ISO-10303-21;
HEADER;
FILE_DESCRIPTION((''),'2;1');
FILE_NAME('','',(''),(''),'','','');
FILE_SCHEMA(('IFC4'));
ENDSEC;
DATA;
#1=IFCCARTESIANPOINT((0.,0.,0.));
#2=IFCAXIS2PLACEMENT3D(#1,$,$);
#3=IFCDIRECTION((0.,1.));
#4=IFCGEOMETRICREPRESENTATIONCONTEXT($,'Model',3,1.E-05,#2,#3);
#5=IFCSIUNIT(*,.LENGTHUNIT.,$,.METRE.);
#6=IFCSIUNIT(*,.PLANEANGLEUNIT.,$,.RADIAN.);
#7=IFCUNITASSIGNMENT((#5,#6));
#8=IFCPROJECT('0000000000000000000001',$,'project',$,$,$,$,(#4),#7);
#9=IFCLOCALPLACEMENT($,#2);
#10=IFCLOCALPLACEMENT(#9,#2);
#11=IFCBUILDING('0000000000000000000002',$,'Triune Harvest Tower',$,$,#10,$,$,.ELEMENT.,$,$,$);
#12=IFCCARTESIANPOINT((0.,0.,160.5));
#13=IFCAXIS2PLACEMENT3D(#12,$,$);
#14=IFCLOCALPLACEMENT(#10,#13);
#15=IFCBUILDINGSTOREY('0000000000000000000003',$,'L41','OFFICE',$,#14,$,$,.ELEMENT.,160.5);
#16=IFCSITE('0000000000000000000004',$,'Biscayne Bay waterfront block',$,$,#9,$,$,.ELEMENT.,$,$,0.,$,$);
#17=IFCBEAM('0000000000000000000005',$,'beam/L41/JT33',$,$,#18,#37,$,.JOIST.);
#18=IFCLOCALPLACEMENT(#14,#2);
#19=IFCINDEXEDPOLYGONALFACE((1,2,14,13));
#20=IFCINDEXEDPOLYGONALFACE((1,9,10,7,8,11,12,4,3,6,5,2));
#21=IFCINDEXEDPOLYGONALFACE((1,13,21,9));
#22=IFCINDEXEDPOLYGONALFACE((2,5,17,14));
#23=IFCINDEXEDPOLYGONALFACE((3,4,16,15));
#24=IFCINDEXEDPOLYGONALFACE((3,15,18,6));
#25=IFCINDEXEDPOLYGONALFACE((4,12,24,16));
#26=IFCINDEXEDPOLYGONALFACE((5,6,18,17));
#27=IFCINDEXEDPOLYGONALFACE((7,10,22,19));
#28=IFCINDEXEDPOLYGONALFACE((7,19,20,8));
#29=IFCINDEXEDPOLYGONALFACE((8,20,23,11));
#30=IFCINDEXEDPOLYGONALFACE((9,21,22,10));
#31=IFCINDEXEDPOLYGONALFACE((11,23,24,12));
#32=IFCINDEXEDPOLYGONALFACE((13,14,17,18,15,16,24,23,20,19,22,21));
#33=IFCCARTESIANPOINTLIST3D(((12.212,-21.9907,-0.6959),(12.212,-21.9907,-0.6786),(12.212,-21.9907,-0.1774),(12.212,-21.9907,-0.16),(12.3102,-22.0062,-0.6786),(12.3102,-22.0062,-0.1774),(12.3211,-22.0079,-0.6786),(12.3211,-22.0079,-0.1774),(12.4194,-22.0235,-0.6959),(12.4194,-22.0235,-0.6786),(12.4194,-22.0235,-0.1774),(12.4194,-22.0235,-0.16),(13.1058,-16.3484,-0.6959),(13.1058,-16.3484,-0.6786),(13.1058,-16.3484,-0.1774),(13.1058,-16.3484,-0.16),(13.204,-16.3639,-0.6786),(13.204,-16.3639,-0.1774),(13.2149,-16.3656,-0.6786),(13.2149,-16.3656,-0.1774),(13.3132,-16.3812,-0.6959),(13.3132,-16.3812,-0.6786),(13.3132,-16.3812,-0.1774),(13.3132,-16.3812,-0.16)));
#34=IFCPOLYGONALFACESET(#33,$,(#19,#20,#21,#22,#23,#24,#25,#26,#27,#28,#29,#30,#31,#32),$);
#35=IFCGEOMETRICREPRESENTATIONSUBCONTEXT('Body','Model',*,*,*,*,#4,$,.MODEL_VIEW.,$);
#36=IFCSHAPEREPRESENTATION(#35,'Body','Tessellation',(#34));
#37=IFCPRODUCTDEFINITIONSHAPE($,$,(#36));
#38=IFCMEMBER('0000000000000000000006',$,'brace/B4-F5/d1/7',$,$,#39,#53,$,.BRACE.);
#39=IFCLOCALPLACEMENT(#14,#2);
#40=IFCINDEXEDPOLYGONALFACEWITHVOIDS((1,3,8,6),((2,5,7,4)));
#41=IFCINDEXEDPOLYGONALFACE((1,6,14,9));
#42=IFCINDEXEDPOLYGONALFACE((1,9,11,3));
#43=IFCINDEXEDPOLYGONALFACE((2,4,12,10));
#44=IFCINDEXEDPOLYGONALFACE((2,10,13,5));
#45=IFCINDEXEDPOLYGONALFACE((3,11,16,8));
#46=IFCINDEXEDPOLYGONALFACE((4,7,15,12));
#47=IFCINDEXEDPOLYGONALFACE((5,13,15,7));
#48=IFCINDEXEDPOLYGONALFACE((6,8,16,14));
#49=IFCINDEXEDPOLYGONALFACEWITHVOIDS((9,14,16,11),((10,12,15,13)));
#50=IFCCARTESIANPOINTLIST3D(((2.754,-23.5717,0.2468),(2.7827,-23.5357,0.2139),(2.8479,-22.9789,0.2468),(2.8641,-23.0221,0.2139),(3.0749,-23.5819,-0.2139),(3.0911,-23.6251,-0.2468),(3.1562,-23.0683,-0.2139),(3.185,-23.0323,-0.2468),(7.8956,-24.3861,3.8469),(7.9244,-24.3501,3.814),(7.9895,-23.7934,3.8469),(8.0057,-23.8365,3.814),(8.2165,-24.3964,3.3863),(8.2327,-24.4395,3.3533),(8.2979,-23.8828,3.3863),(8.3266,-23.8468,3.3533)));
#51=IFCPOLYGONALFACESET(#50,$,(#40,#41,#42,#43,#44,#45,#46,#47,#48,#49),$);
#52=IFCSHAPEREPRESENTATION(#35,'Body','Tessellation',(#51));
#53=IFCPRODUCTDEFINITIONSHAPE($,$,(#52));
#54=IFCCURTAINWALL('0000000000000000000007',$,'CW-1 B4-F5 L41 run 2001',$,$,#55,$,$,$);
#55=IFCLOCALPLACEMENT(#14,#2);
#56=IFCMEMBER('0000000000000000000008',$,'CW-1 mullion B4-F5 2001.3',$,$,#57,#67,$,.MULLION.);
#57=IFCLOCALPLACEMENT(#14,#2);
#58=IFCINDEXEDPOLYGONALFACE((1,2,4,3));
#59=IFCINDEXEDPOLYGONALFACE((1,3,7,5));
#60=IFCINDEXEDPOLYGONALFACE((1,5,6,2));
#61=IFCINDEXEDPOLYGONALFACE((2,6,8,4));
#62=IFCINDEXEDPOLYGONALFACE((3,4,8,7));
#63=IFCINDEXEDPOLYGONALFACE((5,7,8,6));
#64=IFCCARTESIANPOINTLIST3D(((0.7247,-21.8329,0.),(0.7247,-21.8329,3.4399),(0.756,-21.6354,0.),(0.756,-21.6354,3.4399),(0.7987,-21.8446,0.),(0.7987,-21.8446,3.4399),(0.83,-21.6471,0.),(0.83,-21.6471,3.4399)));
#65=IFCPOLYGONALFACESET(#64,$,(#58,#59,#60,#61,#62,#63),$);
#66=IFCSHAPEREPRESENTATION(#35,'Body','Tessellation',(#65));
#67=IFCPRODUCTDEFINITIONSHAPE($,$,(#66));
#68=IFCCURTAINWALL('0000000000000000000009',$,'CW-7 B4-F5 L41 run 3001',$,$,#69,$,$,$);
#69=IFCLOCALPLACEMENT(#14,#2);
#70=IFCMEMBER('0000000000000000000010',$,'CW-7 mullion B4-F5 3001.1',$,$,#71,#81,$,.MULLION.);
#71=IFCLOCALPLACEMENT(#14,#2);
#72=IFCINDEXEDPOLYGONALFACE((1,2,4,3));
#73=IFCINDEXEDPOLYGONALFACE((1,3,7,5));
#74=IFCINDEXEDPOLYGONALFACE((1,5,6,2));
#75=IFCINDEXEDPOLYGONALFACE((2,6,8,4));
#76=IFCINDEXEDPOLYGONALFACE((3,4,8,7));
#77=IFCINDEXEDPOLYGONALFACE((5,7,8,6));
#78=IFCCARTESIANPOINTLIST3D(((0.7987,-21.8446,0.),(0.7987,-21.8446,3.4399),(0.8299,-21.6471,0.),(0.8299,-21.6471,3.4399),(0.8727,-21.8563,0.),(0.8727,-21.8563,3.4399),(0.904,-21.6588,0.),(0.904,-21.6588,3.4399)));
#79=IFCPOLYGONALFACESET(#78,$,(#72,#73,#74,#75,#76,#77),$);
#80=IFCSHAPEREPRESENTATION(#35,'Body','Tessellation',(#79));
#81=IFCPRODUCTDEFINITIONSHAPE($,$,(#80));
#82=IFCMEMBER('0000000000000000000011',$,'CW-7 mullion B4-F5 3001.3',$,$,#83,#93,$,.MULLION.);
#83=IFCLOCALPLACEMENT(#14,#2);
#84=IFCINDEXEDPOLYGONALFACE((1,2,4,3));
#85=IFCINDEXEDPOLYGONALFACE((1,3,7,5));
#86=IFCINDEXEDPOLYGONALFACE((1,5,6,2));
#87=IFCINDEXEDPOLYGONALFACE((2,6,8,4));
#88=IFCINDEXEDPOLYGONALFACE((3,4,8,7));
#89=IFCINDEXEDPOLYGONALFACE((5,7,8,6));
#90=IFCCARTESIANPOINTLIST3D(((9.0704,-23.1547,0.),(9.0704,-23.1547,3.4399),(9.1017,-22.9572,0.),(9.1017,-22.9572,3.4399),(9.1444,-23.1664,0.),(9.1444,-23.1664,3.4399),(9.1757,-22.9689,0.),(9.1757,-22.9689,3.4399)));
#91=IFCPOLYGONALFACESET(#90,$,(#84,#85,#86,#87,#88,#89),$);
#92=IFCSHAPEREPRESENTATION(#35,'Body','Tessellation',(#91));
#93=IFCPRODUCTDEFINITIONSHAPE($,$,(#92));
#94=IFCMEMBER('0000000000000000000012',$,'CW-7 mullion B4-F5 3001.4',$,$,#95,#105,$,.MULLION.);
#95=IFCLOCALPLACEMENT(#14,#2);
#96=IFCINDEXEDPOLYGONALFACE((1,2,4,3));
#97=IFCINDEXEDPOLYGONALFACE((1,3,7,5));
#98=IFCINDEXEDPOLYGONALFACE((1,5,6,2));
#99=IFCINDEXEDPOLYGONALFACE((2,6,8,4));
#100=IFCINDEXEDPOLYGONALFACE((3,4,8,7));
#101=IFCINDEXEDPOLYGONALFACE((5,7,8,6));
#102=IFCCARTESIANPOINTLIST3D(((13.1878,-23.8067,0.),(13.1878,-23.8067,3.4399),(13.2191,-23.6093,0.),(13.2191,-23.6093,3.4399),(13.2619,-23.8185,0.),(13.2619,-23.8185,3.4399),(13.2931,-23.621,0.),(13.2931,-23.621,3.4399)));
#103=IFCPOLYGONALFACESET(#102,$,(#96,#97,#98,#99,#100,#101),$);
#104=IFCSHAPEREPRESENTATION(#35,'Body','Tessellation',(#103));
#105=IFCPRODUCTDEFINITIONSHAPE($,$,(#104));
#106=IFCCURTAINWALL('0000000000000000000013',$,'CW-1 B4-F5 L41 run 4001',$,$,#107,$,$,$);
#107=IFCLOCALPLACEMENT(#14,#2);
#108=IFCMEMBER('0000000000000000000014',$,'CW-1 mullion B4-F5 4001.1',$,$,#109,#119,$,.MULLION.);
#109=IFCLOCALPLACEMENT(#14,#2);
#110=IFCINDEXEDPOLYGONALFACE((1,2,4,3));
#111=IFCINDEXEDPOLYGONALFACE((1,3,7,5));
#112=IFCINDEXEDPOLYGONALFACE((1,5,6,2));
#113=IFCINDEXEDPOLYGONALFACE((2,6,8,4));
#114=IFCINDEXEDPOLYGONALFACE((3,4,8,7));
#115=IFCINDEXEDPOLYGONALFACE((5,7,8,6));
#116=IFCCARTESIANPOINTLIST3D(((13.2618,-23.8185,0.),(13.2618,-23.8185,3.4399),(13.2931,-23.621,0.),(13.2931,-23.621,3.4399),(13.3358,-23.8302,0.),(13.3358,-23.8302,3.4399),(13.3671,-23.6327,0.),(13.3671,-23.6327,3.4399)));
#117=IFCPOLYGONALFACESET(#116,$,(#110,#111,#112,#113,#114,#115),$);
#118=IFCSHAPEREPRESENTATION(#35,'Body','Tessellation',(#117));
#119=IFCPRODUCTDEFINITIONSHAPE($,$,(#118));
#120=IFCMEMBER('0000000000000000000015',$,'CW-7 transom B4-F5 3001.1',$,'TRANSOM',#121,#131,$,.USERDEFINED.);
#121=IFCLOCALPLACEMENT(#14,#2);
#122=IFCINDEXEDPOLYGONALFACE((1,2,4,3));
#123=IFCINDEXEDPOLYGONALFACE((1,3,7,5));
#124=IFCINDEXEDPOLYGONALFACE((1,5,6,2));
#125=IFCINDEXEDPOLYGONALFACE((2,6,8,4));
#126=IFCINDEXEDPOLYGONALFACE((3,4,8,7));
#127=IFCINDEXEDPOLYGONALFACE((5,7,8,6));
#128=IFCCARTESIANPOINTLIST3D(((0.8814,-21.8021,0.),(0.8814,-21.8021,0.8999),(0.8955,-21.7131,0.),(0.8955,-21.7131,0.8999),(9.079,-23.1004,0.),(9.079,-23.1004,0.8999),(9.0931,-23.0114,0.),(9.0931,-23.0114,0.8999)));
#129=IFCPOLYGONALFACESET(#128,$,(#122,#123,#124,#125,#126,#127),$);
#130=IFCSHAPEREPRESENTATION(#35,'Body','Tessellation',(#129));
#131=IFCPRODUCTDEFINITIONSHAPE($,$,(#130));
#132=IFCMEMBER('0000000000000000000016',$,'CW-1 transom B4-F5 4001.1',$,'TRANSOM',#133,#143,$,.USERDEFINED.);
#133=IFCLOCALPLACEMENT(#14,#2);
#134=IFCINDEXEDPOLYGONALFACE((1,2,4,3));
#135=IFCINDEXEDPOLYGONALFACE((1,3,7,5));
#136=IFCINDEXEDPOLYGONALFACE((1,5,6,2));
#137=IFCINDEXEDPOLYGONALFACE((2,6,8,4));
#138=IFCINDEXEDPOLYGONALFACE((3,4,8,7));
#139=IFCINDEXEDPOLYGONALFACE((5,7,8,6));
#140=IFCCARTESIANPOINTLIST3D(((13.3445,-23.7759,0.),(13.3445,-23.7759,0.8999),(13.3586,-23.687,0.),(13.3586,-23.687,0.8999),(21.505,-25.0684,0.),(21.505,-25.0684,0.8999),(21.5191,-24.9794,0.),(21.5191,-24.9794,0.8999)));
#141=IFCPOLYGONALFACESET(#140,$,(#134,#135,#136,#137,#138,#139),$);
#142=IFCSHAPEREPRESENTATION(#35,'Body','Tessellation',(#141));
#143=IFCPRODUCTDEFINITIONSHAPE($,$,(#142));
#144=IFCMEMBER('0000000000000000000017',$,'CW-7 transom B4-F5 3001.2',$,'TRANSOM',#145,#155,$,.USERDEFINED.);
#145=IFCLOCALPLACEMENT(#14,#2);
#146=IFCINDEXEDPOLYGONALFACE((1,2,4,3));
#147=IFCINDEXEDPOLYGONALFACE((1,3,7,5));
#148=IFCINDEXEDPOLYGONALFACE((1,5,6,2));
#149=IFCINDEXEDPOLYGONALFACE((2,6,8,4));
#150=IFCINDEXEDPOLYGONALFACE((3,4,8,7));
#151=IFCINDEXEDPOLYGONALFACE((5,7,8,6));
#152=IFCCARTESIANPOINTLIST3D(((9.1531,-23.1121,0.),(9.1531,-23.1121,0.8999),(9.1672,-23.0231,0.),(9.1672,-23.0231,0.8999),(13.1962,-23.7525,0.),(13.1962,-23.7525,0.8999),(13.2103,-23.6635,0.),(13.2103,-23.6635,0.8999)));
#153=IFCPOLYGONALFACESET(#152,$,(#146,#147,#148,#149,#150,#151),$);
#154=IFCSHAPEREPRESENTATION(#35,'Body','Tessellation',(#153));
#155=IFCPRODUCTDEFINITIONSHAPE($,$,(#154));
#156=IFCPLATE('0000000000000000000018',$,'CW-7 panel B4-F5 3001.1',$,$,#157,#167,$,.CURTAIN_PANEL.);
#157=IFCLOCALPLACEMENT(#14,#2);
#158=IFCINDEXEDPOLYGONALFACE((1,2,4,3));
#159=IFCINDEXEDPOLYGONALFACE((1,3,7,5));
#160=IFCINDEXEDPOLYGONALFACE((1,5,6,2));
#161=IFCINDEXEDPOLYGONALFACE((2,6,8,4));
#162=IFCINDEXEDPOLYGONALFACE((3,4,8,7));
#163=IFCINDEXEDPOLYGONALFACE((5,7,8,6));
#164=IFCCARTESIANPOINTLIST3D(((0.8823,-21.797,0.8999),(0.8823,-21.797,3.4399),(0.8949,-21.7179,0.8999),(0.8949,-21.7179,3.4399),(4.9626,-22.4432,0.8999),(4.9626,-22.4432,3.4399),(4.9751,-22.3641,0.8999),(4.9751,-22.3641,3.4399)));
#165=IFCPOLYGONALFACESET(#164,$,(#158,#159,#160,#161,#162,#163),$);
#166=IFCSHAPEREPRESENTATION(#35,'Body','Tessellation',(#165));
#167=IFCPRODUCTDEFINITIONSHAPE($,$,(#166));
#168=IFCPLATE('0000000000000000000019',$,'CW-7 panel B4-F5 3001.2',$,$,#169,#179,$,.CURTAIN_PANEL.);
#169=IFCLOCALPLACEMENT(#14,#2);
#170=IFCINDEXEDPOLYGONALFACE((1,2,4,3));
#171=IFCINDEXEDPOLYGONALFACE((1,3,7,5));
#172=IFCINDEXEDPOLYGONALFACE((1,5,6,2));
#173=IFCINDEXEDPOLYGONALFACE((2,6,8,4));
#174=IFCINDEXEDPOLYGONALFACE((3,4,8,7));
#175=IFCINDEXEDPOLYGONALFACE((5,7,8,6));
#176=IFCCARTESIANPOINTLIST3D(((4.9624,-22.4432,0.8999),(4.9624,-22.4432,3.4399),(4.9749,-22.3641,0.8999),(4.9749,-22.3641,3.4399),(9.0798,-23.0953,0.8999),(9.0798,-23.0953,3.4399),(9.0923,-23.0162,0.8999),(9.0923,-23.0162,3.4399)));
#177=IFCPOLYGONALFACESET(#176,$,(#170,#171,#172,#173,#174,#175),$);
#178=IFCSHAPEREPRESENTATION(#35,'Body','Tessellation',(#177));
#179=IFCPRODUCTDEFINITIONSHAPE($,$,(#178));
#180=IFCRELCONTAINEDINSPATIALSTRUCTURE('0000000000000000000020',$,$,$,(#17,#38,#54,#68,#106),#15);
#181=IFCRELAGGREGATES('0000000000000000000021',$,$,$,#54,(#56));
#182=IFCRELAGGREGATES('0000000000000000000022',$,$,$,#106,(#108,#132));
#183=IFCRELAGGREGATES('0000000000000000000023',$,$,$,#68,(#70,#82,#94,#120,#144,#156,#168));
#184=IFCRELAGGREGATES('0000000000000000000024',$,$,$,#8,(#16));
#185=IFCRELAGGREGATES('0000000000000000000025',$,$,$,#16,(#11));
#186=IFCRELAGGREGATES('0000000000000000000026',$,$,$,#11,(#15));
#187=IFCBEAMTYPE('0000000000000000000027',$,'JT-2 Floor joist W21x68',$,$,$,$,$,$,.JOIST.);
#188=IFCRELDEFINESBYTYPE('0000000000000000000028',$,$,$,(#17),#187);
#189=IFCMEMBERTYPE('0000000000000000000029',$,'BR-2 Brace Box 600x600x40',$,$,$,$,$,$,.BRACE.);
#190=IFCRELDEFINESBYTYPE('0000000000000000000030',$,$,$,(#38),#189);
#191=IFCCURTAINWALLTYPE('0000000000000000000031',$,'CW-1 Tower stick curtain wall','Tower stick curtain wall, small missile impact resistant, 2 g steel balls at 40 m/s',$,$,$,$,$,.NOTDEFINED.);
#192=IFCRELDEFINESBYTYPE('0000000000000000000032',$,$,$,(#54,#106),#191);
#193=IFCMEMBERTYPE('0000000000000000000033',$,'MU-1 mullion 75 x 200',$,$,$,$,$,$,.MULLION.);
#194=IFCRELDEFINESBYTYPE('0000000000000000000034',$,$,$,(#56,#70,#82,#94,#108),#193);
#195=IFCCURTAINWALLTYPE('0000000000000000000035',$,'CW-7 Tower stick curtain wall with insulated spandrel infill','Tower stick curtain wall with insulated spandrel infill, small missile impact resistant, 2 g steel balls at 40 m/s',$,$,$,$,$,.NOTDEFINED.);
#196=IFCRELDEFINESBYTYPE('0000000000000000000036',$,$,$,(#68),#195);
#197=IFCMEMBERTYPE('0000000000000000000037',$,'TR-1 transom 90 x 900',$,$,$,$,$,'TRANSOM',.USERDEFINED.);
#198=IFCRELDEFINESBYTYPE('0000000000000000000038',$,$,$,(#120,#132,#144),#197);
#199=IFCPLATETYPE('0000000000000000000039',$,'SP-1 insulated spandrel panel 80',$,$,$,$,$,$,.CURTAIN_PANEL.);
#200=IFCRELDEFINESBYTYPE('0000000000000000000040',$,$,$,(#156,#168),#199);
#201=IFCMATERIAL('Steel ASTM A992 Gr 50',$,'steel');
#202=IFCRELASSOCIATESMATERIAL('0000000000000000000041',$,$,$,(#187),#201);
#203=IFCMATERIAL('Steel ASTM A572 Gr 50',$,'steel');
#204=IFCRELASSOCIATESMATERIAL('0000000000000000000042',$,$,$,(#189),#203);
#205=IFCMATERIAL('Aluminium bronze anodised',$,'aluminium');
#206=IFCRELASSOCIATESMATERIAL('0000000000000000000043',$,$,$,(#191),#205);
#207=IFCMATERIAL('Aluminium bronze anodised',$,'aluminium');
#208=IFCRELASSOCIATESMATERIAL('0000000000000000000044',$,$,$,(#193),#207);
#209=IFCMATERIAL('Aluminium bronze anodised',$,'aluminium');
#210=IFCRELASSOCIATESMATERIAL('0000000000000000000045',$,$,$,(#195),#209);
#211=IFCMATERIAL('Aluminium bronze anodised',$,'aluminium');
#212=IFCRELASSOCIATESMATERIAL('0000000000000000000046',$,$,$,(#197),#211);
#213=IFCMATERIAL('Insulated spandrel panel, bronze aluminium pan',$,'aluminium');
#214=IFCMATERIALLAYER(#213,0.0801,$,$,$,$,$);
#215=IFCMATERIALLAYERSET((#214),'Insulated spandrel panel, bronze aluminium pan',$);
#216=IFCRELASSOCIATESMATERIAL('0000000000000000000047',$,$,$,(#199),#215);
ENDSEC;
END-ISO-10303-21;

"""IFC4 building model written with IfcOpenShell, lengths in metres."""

from ifc_helpers import new_model, si_unit, direction, frame, origin, origin_2d, place, context, subcontext, project, spatial, rectangle, hollow_rectangle, i_section, extrude, source, transform, mapped, material, layer, layer_set, material_profile, profile_set, type_object, element, aggregate, save


model = new_model("IFC4")

# Units and contexts
model_context = context("Model", 3, precision=1e-05, world=origin(), true_north=direction((0.0, 1.0)))
body_context = subcontext(model_context, "Body", "Model", "MODEL_VIEW")
ifc_project = project(units=[si_unit("LENGTHUNIT", "METRE"), si_unit("PLANEANGLEUNIT", "RADIAN")], contexts=[model_context])

# Site, building, storey
site_placement = place(None, origin())
site = spatial("IfcSite", under=ifc_project, at=site_placement, Name="Biscayne Bay waterfront block", CompositionType="ELEMENT", RefElevation=0.0)
building_placement = place(site_placement, origin())
building = spatial("IfcBuilding", under=site, at=building_placement, Name="Triune Harvest Tower", CompositionType="ELEMENT")
storey_placement = place(building_placement, frame((0.0, 0.0, 160.5)))
storey = spatial("IfcBuildingStorey", under=building, at=storey_placement, Name="L41", Description="OFFICE", CompositionType="ELEMENT", Elevation=160.5)

# Beam
ifc_material_1 = material(Name="Steel ASTM A992 Gr 50", Category="steel")
ifc_material_profile_1 = material_profile(ifc_material_1, i_section(OverallWidth=0.21, OverallDepth=0.5359, WebThickness=0.011, FlangeThickness=0.0173, at=origin_2d()), Name="W21x68")
ifc_profile_set_1 = profile_set([ifc_material_profile_1], Name="Steel ASTM A992 Gr 50")
beam_type_1 = type_object("IfcBeamType", Name="JT-2 Floor joist W21x68", PredefinedType="JOIST", material=ifc_profile_set_1)
shared_shape_1 = source(origin(), body_context, "Body", "SweptSolid", [
    extrude(i_section(OverallWidth=0.21, OverallDepth=0.5359, WebThickness=0.011, FlangeThickness=0.0173, at=origin_2d()), origin(), (0.0, 0.0, 1.0), 5.7126),
])
beam_1_placement = place(storey_placement, frame((12.3157, -22.0071, -0.428), z_axis=(0.156459, 0.987685, 0.0), x_axis=(-0.987685, 0.156459, 0.0)))
element("IfcBeam", 1, at=beam_1_placement, inside=storey, type_object=beam_type_1, Name="beam/L41/JT33", PredefinedType="JOIST", context=body_context, shape_type="MappedRepresentation", body=[
    mapped(shared_shape_1, transform((0.0, 0.0, 0.0), scale=1.0)),
])

# Member
ifc_material_2 = material(Name="Steel ASTM A572 Gr 50", Category="steel")
ifc_material_profile_2 = material_profile(ifc_material_2, hollow_rectangle(XDim=0.6001, YDim=0.6001, WallThickness=0.04, at=origin_2d()), Name="Box 600x600x40")
ifc_profile_set_2 = profile_set([ifc_material_profile_2], Name="Steel ASTM A572 Gr 50")
member_type_1 = type_object("IfcMemberType", Name="BR-2 Brace Box 600x600x40", PredefinedType="BRACE", material=ifc_profile_set_2)
shared_shape_2 = source(origin(), body_context, "Body", "SweptSolid", [
    extrude(hollow_rectangle(XDim=0.6001, YDim=0.6001, WallThickness=0.04, at=origin_2d()), origin(), (0.0, 0.0, 1.0), 6.3293),
])
member_1_placement = place(storey_placement, frame((2.9695, -23.302, 0.0), z_axis=(0.812349, -0.12868, 0.568798), x_axis=(0.156454, 0.987685, 0.0)))
element("IfcMember", 2, at=member_1_placement, inside=storey, type_object=member_type_1, Name="brace/B4-F5/d1/7", PredefinedType="BRACE", context=body_context, shape_type="MappedRepresentation", body=[
    mapped(shared_shape_2, transform((0.0, 0.0, 0.0), scale=1.0)),
])

# Curtain wall, member
ifc_material_3 = material(Name="Aluminium bronze anodised", Category="aluminium")
curtain_wall_type_1 = type_object("IfcCurtainWallType", Name="CW-1 Tower stick curtain wall", Description="Tower stick curtain wall, small missile impact resistant, 2 g steel balls at 40 m/s", PredefinedType="NOTDEFINED", material=ifc_material_3)
curtain_wall_1_placement = place(storey_placement, origin())
curtain_wall_1 = element("IfcCurtainWall", 3, at=curtain_wall_1_placement, inside=storey, type_object=curtain_wall_type_1, Name="CW-1 B4-F5 L41 run 2001")
ifc_material_4 = material(Name="Aluminium bronze anodised", Category="aluminium")
ifc_material_profile_3 = material_profile(ifc_material_4, rectangle(XDim=0.2, YDim=0.075, at=origin_2d()), Name="MU-1 mullion 75 x 200")
ifc_profile_set_3 = profile_set([ifc_material_profile_3], Name="Aluminium bronze anodised")
member_type_2 = type_object("IfcMemberType", Name="MU-1 mullion 75 x 200", PredefinedType="MULLION", material=ifc_profile_set_3)
shared_shape_3 = source(origin(), body_context, "Body", "SweptSolid", [
    extrude(rectangle(XDim=0.2, YDim=0.075, at=origin_2d()), origin(), (0.0, 0.0, 1.0), 3.4399),
])
member_2_placement = place(storey_placement, frame((0.7773, -21.74, 0.0), z_axis=(0.0, 0.0, 1.0), x_axis=(0.156436, 0.987688, 0.0)))
member_2 = element("IfcMember", 4, at=member_2_placement, type_object=member_type_2, Name="CW-1 mullion B4-F5 2001.3", PredefinedType="MULLION", context=body_context, shape_type="MappedRepresentation", body=[
    mapped(shared_shape_3, transform((0.0, 0.0, 0.0), scale=1.0)),
])
aggregate(curtain_wall_1, [member_2])

# Curtain wall, members
ifc_material_5 = material(Name="Aluminium bronze anodised", Category="aluminium")
curtain_wall_type_2 = type_object("IfcCurtainWallType", Name="CW-7 Tower stick curtain wall with insulated spandrel infill", Description="Tower stick curtain wall with insulated spandrel infill, small missile impact resistant, 2 g steel balls at 40 m/s", PredefinedType="NOTDEFINED", material=ifc_material_5)
curtain_wall_2_placement = place(storey_placement, origin())
curtain_wall_2 = element("IfcCurtainWall", 5, at=curtain_wall_2_placement, inside=storey, type_object=curtain_wall_type_2, Name="CW-7 B4-F5 L41 run 3001")
member_3_placement = place(storey_placement, frame((0.8513, -21.7517, 0.0), z_axis=(0.0, 0.0, 1.0), x_axis=(0.156431, 0.987689, 0.0)))
member_3 = element("IfcMember", 6, at=member_3_placement, type_object=member_type_2, Name="CW-7 mullion B4-F5 3001.1", PredefinedType="MULLION", context=body_context, shape_type="MappedRepresentation", body=[
    mapped(shared_shape_3, transform((0.0, 0.0, 0.0), scale=1.0)),
])
member_4_placement = place(storey_placement, frame((9.123, -23.0618, 0.0), z_axis=(0.0, 0.0, 1.0), x_axis=(0.156431, 0.987689, 0.0)))
member_4 = element("IfcMember", 7, at=member_4_placement, type_object=member_type_2, Name="CW-7 mullion B4-F5 3001.3", PredefinedType="MULLION", context=body_context, shape_type="MappedRepresentation", body=[
    mapped(shared_shape_3, transform((0.0, 0.0, 0.0), scale=1.0)),
])
member_5_placement = place(storey_placement, frame((13.2405, -23.7139, 0.0), z_axis=(0.0, 0.0, 1.0), x_axis=(0.156431, 0.987689, 0.0)))
member_5 = element("IfcMember", 8, at=member_5_placement, type_object=member_type_2, Name="CW-7 mullion B4-F5 3001.4", PredefinedType="MULLION", context=body_context, shape_type="MappedRepresentation", body=[
    mapped(shared_shape_3, transform((0.0, 0.0, 0.0), scale=1.0)),
])

# Curtain wall, member
curtain_wall_3_placement = place(storey_placement, origin())
curtain_wall_3 = element("IfcCurtainWall", 9, at=curtain_wall_3_placement, inside=storey, type_object=curtain_wall_type_1, Name="CW-1 B4-F5 L41 run 4001")
member_6_placement = place(storey_placement, frame((13.3145, -23.7256, 0.0), z_axis=(0.0, 0.0, 1.0), x_axis=(0.15644, 0.987687, 0.0)))
member_6 = element("IfcMember", 10, at=member_6_placement, type_object=member_type_2, Name="CW-1 mullion B4-F5 4001.1", PredefinedType="MULLION", context=body_context, shape_type="MappedRepresentation", body=[
    mapped(shared_shape_3, transform((0.0, 0.0, 0.0), scale=1.0)),
])

# Members
ifc_material_6 = material(Name="Aluminium bronze anodised", Category="aluminium")
ifc_material_profile_4 = material_profile(ifc_material_6, rectangle(XDim=0.0901, YDim=0.8999, at=origin_2d()), Name="TR-1 transom 90 x 900")
ifc_profile_set_4 = profile_set([ifc_material_profile_4], Name="Aluminium bronze anodised")
member_type_3 = type_object("IfcMemberType", Name="TR-1 transom 90 x 900", ElementType="TRANSOM", PredefinedType="USERDEFINED", material=ifc_profile_set_4)
shared_shape_4 = source(origin(), body_context, "Body", "SweptSolid", [
    extrude(rectangle(XDim=0.0901, YDim=0.8999, at=origin_2d()), origin(), (0.0, 0.0, 1.0), 8.2998),
])
member_7_placement = place(storey_placement, frame((0.8884, -21.7576, 0.45), z_axis=(0.987689, -0.156432, 0.0), x_axis=(0.156432, 0.987689, 0.0)))
member_7 = element("IfcMember", 11, at=member_7_placement, type_object=member_type_3, Name="CW-7 transom B4-F5 3001.1", ObjectType="TRANSOM", PredefinedType="USERDEFINED", context=body_context, shape_type="MappedRepresentation", body=[
    mapped(shared_shape_4, transform((0.0, 0.0, 0.0), scale=1.0)),
])
shared_shape_5 = source(origin(), body_context, "Body", "SweptSolid", [
    extrude(rectangle(XDim=0.0901, YDim=0.8999, at=origin_2d()), origin(), (0.0, 0.0, 1.0), 8.2622),
])
member_8_placement = place(storey_placement, frame((13.3516, -23.7314, 0.45), z_axis=(0.987688, -0.156434, 0.0), x_axis=(0.156434, 0.987688, 0.0)))
member_8 = element("IfcMember", 12, at=member_8_placement, type_object=member_type_3, Name="CW-1 transom B4-F5 4001.1", ObjectType="TRANSOM", PredefinedType="USERDEFINED", context=body_context, shape_type="MappedRepresentation", body=[
    mapped(shared_shape_5, transform((0.0, 0.0, 0.0), scale=1.0)),
])
aggregate(curtain_wall_3, [member_6, member_8])
shared_shape_6 = source(origin(), body_context, "Body", "SweptSolid", [
    extrude(rectangle(XDim=0.0901, YDim=0.8999, at=origin_2d()), origin(), (0.0, 0.0, 1.0), 4.0935),
])
member_9_placement = place(storey_placement, frame((9.1602, -23.0676, 0.45), z_axis=(0.987688, -0.156434, 0.0), x_axis=(0.156434, 0.987688, 0.0)))
member_9 = element("IfcMember", 13, at=member_9_placement, type_object=member_type_3, Name="CW-7 transom B4-F5 3001.2", ObjectType="TRANSOM", PredefinedType="USERDEFINED", context=body_context, shape_type="MappedRepresentation", body=[
    mapped(shared_shape_6, transform((0.0, 0.0, 0.0), scale=1.0)),
])

# Plates
ifc_material_7 = material(Name="Insulated spandrel panel, bronze aluminium pan", Category="aluminium")
ifc_layer_1 = layer(ifc_material_7, 0.0801)
ifc_layer_set_1 = layer_set([ifc_layer_1], Name="Insulated spandrel panel, bronze aluminium pan")
plate_type = type_object("IfcPlateType", Name="SP-1 insulated spandrel panel 80", PredefinedType="CURTAIN_PANEL", material=ifc_layer_set_1)
shared_shape_7 = source(origin(), body_context, "Body", "SweptSolid", [
    extrude(rectangle(XDim=4.1311, YDim=0.0801, at=origin_2d()), origin(), (0.0, 0.0, 1.0), 2.54),
])
plate_1_placement = place(storey_placement, frame((2.9287, -22.0806, 0.8999), z_axis=(0.0, 0.0, 1.0), x_axis=(0.987689, -0.156431, 0.0)))
plate_1 = element("IfcPlate", 14, at=plate_1_placement, type_object=plate_type, Name="CW-7 panel B4-F5 3001.1", PredefinedType="CURTAIN_PANEL", context=body_context, shape_type="MappedRepresentation", body=[
    mapped(shared_shape_7, transform((0.0, 0.0, 0.0), scale=1.0)),
])
shared_shape_8 = source(origin(), body_context, "Body", "SweptSolid", [
    extrude(rectangle(XDim=4.1687, YDim=0.0801, at=origin_2d()), origin(), (0.0, 0.0, 1.0), 2.54),
])
plate_2_placement = place(storey_placement, frame((7.0273, -22.7297, 0.8999), z_axis=(0.0, 0.0, 1.0), x_axis=(0.987689, -0.156431, 0.0)))
plate_2 = element("IfcPlate", 15, at=plate_2_placement, type_object=plate_type, Name="CW-7 panel B4-F5 3001.2", PredefinedType="CURTAIN_PANEL", context=body_context, shape_type="MappedRepresentation", body=[
    mapped(shared_shape_8, transform((0.0, 0.0, 0.0), scale=1.0)),
])
aggregate(curtain_wall_2, [member_3, member_4, member_5, member_7, member_9, plate_1, plate_2])

save(model, "model.ifc")
